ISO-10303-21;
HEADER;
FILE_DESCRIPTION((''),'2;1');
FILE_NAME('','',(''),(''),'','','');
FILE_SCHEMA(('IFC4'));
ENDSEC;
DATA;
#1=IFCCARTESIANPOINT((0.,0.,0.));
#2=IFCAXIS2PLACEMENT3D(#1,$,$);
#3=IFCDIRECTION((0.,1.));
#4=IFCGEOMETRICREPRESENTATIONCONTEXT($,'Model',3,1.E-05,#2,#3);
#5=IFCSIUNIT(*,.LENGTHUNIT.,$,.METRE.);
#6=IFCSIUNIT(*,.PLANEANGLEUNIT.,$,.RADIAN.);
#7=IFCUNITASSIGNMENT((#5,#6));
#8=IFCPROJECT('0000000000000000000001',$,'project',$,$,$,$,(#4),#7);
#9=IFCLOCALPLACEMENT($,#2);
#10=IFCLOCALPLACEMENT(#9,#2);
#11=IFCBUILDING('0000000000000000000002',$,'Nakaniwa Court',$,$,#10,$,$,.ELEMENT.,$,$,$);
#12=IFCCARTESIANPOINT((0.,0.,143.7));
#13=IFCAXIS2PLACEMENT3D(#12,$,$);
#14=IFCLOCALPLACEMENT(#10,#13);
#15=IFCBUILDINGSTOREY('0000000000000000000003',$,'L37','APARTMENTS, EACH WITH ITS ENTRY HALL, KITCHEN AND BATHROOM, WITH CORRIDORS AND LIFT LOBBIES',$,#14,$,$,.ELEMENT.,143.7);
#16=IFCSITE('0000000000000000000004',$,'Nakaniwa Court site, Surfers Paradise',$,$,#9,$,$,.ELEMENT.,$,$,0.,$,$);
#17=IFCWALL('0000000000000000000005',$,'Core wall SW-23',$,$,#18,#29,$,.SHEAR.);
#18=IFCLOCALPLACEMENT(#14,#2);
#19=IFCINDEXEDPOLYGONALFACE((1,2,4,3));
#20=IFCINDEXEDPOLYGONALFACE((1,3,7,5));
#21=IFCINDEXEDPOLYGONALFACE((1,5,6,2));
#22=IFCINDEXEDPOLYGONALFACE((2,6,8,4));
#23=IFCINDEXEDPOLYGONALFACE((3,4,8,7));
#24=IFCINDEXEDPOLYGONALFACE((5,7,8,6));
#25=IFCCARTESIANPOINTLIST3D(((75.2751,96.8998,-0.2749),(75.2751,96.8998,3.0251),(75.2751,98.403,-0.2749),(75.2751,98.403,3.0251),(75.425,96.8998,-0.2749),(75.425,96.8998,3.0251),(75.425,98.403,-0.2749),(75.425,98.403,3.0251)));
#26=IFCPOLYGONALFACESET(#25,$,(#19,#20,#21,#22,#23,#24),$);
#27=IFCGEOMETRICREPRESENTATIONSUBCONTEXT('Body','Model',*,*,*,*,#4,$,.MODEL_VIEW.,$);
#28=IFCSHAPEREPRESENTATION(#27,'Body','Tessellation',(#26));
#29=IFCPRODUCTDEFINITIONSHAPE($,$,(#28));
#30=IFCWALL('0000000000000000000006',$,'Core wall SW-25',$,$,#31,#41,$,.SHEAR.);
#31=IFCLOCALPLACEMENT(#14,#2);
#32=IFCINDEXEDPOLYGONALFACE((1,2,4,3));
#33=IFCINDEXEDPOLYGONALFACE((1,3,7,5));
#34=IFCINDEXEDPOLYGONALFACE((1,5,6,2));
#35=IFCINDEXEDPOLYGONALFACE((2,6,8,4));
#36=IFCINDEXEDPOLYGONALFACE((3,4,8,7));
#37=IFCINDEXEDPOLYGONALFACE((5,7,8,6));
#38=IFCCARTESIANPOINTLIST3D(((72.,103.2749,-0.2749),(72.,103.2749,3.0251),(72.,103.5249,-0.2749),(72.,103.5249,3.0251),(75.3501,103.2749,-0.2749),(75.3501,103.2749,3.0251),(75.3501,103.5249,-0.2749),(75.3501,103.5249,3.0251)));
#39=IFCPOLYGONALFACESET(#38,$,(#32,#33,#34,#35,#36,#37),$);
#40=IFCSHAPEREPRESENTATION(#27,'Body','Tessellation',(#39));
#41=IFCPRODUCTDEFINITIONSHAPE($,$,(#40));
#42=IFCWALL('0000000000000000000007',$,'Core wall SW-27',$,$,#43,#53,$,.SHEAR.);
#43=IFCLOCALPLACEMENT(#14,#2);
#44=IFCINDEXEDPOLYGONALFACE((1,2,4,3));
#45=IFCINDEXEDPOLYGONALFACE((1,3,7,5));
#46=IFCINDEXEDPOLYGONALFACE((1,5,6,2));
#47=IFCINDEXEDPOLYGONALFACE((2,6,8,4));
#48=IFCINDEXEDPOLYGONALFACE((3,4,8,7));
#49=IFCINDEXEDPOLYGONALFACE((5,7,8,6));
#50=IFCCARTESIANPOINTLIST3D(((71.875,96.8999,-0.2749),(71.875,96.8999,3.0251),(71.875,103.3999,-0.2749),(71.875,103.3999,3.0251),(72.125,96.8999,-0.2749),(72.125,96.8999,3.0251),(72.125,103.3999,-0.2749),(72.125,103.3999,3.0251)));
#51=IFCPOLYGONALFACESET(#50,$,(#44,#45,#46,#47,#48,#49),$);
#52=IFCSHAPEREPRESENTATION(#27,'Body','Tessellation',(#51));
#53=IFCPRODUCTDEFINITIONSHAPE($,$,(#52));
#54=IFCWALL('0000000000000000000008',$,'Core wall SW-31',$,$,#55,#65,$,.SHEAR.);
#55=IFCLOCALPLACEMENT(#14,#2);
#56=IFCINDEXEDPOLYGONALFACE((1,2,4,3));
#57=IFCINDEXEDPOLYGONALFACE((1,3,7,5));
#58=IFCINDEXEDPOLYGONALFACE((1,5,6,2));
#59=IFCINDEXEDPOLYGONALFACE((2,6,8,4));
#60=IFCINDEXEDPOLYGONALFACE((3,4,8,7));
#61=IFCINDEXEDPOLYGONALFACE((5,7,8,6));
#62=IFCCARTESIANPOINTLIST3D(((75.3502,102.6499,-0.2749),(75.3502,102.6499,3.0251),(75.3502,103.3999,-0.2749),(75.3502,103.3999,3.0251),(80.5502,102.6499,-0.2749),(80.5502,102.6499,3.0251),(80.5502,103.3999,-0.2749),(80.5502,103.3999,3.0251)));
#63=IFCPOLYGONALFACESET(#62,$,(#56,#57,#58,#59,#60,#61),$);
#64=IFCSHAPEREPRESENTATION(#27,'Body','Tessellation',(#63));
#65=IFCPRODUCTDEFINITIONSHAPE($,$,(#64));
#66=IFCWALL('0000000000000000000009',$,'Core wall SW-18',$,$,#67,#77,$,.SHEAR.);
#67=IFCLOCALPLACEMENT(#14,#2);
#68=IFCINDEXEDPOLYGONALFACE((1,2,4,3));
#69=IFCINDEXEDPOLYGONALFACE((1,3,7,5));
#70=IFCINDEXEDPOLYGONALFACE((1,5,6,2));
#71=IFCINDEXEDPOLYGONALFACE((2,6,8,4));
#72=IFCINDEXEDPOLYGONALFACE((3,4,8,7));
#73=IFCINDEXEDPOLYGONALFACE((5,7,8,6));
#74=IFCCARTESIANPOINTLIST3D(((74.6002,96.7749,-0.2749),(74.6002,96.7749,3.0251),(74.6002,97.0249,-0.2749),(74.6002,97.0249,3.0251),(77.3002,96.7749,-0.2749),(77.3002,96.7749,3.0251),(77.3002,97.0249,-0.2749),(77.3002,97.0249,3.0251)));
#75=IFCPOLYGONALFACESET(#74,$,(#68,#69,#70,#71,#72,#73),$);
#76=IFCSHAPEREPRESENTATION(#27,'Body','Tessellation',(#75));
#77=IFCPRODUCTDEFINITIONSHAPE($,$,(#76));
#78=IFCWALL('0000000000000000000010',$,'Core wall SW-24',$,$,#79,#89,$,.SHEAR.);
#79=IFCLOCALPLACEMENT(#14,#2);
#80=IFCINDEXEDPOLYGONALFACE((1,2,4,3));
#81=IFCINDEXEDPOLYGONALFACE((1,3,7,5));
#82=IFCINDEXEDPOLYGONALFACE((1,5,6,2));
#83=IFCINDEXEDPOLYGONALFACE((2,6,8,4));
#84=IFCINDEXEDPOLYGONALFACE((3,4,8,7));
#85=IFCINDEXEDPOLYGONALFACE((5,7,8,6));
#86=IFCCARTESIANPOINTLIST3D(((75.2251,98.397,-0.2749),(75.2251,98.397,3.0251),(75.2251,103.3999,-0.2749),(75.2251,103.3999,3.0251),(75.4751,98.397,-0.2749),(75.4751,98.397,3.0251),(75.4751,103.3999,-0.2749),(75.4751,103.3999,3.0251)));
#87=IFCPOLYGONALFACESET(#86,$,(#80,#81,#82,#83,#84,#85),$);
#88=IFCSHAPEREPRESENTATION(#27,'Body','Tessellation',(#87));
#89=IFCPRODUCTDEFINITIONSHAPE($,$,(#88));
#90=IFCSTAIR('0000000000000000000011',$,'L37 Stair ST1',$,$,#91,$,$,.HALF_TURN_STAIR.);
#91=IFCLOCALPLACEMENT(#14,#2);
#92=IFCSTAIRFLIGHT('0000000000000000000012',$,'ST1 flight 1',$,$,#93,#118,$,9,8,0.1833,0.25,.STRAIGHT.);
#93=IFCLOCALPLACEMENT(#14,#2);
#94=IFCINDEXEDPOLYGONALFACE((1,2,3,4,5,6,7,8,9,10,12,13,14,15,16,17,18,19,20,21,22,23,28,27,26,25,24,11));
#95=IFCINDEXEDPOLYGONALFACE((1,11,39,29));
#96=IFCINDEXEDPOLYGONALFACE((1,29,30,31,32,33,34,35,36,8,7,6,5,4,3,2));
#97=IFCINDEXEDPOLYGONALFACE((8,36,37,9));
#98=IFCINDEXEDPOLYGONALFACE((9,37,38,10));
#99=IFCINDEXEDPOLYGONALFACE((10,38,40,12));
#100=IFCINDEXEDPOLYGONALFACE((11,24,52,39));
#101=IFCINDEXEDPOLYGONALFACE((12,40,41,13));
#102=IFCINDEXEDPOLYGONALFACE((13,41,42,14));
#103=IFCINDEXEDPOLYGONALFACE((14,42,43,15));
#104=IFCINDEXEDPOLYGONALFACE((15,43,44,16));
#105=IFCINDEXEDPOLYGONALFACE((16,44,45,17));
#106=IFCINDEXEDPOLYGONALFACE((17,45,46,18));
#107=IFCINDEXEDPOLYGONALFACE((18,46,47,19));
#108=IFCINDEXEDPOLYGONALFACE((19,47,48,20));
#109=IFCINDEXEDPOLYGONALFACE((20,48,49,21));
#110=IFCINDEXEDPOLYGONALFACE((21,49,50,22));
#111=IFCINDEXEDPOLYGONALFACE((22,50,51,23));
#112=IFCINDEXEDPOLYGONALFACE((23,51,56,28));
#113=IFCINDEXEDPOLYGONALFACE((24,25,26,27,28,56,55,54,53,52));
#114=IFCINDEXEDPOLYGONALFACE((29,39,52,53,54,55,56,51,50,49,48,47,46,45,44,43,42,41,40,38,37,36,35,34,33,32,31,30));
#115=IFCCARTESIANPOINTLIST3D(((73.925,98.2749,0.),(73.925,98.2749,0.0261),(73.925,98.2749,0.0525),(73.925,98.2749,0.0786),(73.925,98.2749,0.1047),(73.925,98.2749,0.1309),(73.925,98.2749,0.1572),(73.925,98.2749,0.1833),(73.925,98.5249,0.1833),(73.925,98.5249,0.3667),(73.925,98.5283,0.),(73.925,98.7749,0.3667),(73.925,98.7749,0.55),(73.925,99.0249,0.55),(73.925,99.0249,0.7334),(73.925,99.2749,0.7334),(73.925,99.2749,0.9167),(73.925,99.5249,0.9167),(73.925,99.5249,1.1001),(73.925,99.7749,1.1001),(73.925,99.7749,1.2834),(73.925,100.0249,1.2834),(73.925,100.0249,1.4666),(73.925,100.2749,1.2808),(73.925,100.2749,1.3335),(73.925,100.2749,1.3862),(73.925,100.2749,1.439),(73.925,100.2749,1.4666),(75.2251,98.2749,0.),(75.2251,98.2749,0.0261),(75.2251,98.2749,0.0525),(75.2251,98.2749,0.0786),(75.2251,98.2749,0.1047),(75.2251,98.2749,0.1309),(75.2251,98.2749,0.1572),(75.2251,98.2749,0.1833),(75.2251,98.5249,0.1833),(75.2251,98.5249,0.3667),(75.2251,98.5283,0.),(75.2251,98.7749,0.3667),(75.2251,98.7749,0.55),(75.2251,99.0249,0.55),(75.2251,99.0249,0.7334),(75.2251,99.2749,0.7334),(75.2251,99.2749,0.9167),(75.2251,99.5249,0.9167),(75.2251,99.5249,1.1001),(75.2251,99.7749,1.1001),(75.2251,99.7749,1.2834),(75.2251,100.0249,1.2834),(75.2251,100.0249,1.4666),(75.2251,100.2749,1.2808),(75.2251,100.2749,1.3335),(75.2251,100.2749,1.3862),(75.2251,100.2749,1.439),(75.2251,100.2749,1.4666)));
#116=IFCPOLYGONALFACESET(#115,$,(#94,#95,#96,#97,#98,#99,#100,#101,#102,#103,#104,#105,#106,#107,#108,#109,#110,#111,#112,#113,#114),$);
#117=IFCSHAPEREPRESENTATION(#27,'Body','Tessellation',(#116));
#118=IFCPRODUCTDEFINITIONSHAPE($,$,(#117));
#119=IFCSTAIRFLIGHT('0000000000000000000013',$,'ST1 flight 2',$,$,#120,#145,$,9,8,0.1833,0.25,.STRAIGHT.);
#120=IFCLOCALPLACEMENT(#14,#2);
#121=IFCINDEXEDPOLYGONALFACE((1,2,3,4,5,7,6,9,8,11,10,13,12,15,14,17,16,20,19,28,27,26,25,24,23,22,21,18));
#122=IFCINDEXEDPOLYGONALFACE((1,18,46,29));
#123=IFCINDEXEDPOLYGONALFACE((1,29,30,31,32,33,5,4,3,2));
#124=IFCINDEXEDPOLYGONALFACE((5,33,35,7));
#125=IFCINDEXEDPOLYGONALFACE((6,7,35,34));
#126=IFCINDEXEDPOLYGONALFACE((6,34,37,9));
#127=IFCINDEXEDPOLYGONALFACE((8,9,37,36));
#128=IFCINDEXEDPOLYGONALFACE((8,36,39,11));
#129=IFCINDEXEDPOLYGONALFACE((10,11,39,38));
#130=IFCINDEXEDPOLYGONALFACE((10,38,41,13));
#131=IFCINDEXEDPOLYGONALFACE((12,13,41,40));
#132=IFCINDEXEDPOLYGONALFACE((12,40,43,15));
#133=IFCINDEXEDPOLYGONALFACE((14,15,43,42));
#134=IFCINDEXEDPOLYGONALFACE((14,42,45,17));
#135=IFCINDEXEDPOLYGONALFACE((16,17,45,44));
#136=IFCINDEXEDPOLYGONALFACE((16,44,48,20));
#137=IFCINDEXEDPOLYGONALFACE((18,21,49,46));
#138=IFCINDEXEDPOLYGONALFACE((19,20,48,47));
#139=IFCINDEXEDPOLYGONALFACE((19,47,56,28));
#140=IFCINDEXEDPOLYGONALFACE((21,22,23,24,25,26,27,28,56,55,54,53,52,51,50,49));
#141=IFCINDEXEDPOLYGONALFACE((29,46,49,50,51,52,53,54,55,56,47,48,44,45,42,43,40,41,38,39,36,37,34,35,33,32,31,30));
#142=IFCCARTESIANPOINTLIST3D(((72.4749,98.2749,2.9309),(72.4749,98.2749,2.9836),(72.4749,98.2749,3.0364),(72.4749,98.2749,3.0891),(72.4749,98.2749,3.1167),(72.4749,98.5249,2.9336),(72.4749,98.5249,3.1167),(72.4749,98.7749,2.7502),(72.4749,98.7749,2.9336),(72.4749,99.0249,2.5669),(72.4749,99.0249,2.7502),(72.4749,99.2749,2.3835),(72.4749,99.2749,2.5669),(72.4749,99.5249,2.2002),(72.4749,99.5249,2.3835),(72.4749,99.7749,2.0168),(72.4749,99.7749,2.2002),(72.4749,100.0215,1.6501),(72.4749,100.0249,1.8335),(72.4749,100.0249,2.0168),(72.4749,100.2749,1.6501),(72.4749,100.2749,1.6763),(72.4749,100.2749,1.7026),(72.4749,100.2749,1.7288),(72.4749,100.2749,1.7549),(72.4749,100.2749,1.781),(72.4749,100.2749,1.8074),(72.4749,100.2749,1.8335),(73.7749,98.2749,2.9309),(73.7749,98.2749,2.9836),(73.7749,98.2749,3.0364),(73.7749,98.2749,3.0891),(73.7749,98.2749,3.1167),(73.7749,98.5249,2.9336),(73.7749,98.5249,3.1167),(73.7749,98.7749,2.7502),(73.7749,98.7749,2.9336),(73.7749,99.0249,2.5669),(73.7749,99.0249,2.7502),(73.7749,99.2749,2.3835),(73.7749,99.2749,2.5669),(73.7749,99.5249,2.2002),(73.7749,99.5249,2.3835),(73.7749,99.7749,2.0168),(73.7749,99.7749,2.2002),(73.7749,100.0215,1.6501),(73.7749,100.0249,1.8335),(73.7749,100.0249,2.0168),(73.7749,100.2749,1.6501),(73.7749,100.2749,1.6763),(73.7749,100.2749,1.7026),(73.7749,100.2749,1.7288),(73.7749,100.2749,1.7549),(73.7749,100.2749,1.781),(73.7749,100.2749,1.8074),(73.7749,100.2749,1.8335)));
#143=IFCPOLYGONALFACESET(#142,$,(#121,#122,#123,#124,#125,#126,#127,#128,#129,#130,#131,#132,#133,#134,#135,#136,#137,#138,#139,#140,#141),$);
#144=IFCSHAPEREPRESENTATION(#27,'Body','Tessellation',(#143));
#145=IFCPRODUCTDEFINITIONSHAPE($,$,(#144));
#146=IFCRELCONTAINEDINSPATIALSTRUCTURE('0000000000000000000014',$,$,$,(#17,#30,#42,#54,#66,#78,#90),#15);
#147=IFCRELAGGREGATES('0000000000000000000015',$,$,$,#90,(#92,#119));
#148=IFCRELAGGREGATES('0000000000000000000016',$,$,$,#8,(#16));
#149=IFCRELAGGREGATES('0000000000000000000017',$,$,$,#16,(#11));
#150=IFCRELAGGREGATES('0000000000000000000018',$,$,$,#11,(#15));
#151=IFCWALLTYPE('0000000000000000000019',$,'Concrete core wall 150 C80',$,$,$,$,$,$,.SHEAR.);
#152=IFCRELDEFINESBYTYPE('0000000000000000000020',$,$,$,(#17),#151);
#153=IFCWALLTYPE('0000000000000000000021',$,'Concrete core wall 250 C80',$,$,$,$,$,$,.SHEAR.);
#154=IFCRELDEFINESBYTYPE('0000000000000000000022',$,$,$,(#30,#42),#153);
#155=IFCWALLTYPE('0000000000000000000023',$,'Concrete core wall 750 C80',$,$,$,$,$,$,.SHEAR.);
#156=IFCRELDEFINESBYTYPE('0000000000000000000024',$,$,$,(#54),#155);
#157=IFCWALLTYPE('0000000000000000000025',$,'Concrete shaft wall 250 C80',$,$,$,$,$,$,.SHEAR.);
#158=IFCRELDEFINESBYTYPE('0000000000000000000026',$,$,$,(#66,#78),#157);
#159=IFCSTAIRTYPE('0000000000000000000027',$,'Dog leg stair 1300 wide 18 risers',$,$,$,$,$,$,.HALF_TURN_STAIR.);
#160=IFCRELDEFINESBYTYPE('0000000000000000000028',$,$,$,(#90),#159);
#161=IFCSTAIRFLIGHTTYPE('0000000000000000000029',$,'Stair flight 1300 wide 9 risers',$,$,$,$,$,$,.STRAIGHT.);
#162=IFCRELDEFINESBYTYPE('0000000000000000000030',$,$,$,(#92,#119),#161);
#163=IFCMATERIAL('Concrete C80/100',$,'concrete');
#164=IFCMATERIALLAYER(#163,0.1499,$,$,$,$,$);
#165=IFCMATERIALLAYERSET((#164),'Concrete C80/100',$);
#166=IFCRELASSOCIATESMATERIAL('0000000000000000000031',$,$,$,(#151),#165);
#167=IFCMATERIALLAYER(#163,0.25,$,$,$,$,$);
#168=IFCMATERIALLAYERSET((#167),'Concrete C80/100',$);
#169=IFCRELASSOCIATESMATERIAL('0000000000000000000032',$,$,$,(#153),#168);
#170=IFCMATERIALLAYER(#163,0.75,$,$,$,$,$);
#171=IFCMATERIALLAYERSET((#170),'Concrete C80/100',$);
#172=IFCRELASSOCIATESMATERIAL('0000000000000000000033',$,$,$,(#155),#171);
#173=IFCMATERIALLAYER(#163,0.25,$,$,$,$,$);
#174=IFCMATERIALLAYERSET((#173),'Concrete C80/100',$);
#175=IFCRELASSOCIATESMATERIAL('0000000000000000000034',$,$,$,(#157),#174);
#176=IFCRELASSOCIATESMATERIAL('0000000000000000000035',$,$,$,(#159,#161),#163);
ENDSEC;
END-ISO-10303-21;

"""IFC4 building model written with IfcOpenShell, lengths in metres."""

from ifc_helpers import new_model, si_unit, direction, frame, frame_2d, origin, place, context, subcontext, project, spatial, polyline, rectangle, outline, extrude, material, layer, layer_set, type_object, element, aggregate, save


model = new_model("IFC4")

# Units and contexts
model_context = context("Model", 3, precision=1e-05, world=origin(), true_north=direction((0.0, 1.0)))
body_context = subcontext(model_context, "Body", "Model", "MODEL_VIEW")
ifc_project = project(units=[si_unit("LENGTHUNIT", "METRE"), si_unit("PLANEANGLEUNIT", "RADIAN")], contexts=[model_context])

# Site, building, storey
site_placement = place(None, origin())
site = spatial("IfcSite", under=ifc_project, at=site_placement, Name="Nakaniwa Court site, Surfers Paradise", CompositionType="ELEMENT", RefElevation=0.0)
building_placement = place(site_placement, origin())
building = spatial("IfcBuilding", under=site, at=building_placement, Name="Nakaniwa Court", CompositionType="ELEMENT")
storey_placement = place(building_placement, frame((0.0, 0.0, 143.7)))
storey = spatial("IfcBuildingStorey", under=building, at=storey_placement, Name="L37", Description="APARTMENTS, EACH WITH ITS ENTRY HALL, KITCHEN AND BATHROOM, WITH CORRIDORS AND LIFT LOBBIES", CompositionType="ELEMENT", Elevation=143.7)

# Shared definitions
ifc_material_1 = material(Name="Concrete C80/100", Category="concrete")

# Shared definitions
ifc_layer_1 = layer(ifc_material_1, 0.1499)
ifc_layer_set_1 = layer_set([ifc_layer_1], Name="Concrete C80/100")
wall_type_1 = type_object("IfcWallType", Name="Concrete core wall 150 C80", PredefinedType="SHEAR", material=ifc_layer_set_1)

# Walls
wall_1_placement = place(storey_placement, frame((75.3501, 96.8999, -0.2749), z_axis=(0.0, 0.0, 1.0), x_axis=(0.0, 1.0, 0.0)))
element("IfcWall", 1, at=wall_1_placement, inside=storey, type_object=wall_type_1, Name="Core wall SW-23", PredefinedType="SHEAR", context=body_context, shape_type="SweptSolid", body=[
    extrude(rectangle(XDim=1.5032, YDim=0.1499, at=frame_2d((0.7515, 0.0))), origin(), (0.0, 0.0, 1.0), 3.3),
])
ifc_layer_2 = layer(ifc_material_1, 0.25)
ifc_layer_set_2 = layer_set([ifc_layer_2], Name="Concrete C80/100")
wall_type_2 = type_object("IfcWallType", Name="Concrete core wall 250 C80", PredefinedType="SHEAR", material=ifc_layer_set_2)
wall_2_placement = place(storey_placement, frame((72.0, 103.3999, -0.2749), z_axis=(0.0, 0.0, 1.0), x_axis=(1.0, 0.0, 0.0)))
element("IfcWall", 2, at=wall_2_placement, inside=storey, type_object=wall_type_2, Name="Core wall SW-25", PredefinedType="SHEAR", context=body_context, shape_type="SweptSolid", body=[
    extrude(rectangle(XDim=3.3501, YDim=0.25, at=frame_2d((1.675, 0.0))), origin(), (0.0, 0.0, 1.0), 3.3),
])
wall_3_placement = place(storey_placement, frame((72.0, 96.8999, -0.2749), z_axis=(0.0, 0.0, 1.0), x_axis=(0.0, 1.0, 0.0)))
element("IfcWall", 3, at=wall_3_placement, inside=storey, type_object=wall_type_2, Name="Core wall SW-27", PredefinedType="SHEAR", context=body_context, shape_type="SweptSolid", body=[
    extrude(rectangle(XDim=6.5, YDim=0.25, at=frame_2d((3.25, 0.0))), origin(), (0.0, 0.0, 1.0), 3.3),
])
ifc_layer_3 = layer(ifc_material_1, 0.75)
ifc_layer_set_3 = layer_set([ifc_layer_3], Name="Concrete C80/100")
wall_type_3 = type_object("IfcWallType", Name="Concrete core wall 750 C80", PredefinedType="SHEAR", material=ifc_layer_set_3)
wall_4_placement = place(storey_placement, frame((75.3501, 103.0249, -0.2749), z_axis=(0.0, 0.0, 1.0), x_axis=(1.0, 0.0, 0.0)))
element("IfcWall", 4, at=wall_4_placement, inside=storey, type_object=wall_type_3, Name="Core wall SW-31", PredefinedType="SHEAR", context=body_context, shape_type="SweptSolid", body=[
    extrude(rectangle(XDim=5.2, YDim=0.75, at=frame_2d((2.6001, 0.0))), origin(), (0.0, 0.0, 1.0), 3.3),
])
ifc_layer_4 = layer(ifc_material_1, 0.25)
ifc_layer_set_4 = layer_set([ifc_layer_4], Name="Concrete C80/100")
wall_type_4 = type_object("IfcWallType", Name="Concrete shaft wall 250 C80", PredefinedType="SHEAR", material=ifc_layer_set_4)
wall_5_placement = place(storey_placement, frame((74.6001, 96.8999, -0.2749), z_axis=(0.0, 0.0, 1.0), x_axis=(1.0, 0.0, 0.0)))
element("IfcWall", 5, at=wall_5_placement, inside=storey, type_object=wall_type_4, Name="Core wall SW-18", PredefinedType="SHEAR", context=body_context, shape_type="SweptSolid", body=[
    extrude(rectangle(XDim=2.7, YDim=0.25, at=frame_2d((1.3501, 0.0))), origin(), (0.0, 0.0, 1.0), 3.3),
])
wall_6_placement = place(storey_placement, frame((75.3501, 98.397, -0.2749), z_axis=(0.0, 0.0, 1.0), x_axis=(0.0, 1.0, 0.0)))
element("IfcWall", 6, at=wall_6_placement, inside=storey, type_object=wall_type_4, Name="Core wall SW-24", PredefinedType="SHEAR", context=body_context, shape_type="SweptSolid", body=[
    extrude(rectangle(XDim=5.0029, YDim=0.25, at=frame_2d((2.5015, 0.0))), origin(), (0.0, 0.0, 1.0), 3.3),
])

# Stair, stair flights
stair_type = type_object("IfcStairType", Name="Dog leg stair 1300 wide 18 risers", PredefinedType="HALF_TURN_STAIR", material=ifc_material_1)
stair_placement = place(storey_placement, origin())
stair = element("IfcStair", 7, at=stair_placement, inside=storey, type_object=stair_type, Name="L37 Stair ST1", PredefinedType="HALF_TURN_STAIR")
stair_flight_type = type_object("IfcStairFlightType", Name="Stair flight 1300 wide 9 risers", PredefinedType="STRAIGHT", material=ifc_material_1)
stair_flight_1_placement = place(storey_placement, frame((74.575, 98.2749, 0.0), z_axis=(0.0, 0.0, 1.0), x_axis=(0.0, 1.0, 0.0)))
stair_flight_1 = element("IfcStairFlight", 8, at=stair_flight_1_placement, type_object=stair_flight_type, Name="ST1 flight 1", NumberOfRisers=9, NumberOfTreads=8, PredefinedType="STRAIGHT", RiserHeight=0.1833, TreadLength=0.25, context=body_context, shape_type="SweptSolid", body=[
    extrude(outline(polyline([(0.0, 0.0), (0.0, 0.0261), (0.0, 0.0525), (0.0, 0.0786), (0.0, 0.1047), (0.0, 0.1309), (0.0, 0.1572), (0.0, 0.1833), (0.25, 0.1833), (0.25, 0.3667), (0.5, 0.3667), (0.5, 0.55), (0.75, 0.55), (0.75, 0.7334), (1.0, 0.7334), (1.0, 0.9167), (1.25, 0.9167), (1.25, 1.1001), (1.5, 1.1001), (1.5, 1.2834), (1.75, 1.2834), (1.75, 1.4666), (2.0, 1.4666), (2.0, 1.6499), (2.0, 1.5972), (2.0, 1.5444), (2.0, 1.4917), (2.0, 1.439), (2.0, 1.3862), (2.0, 1.3335), (2.0, 1.2808), (0.2534, 0.0), (0.0, 0.0)])), frame((0.0, 0.6499, 0.0), z_axis=(0.0, -1.0, 0.0), x_axis=(1.0, 0.0, 0.0)), (0.0, 0.0, 1.0), 1.3),
])
stair_flight_2_placement = place(storey_placement, frame((73.125, 100.2749, 1.6501), z_axis=(0.0, 0.0, 1.0), x_axis=(0.0, -1.0, 0.0)))
stair_flight_2 = element("IfcStairFlight", 9, at=stair_flight_2_placement, type_object=stair_flight_type, Name="ST1 flight 2", NumberOfRisers=9, NumberOfTreads=8, PredefinedType="STRAIGHT", RiserHeight=0.1833, TreadLength=0.25, context=body_context, shape_type="SweptSolid", body=[
    extrude(outline(polyline([(0.0, 0.0), (0.0, 0.0261), (0.0, 0.0525), (0.0, 0.0786), (0.0, 0.1047), (0.0, 0.1309), (0.0, 0.1572), (0.0, 0.1833), (0.25, 0.1833), (0.25, 0.3667), (0.5, 0.3667), (0.5, 0.55), (0.75, 0.55), (0.75, 0.7334), (1.0, 0.7334), (1.0, 0.9167), (1.25, 0.9167), (1.25, 1.1001), (1.5, 1.1001), (1.5, 1.2834), (1.75, 1.2834), (1.75, 1.4666), (2.0, 1.4666), (2.0, 1.6499), (2.0, 1.5972), (2.0, 1.5444), (2.0, 1.4917), (2.0, 1.439), (2.0, 1.3862), (2.0, 1.3335), (2.0, 1.2808), (0.2534, 0.0), (0.0, 0.0)])), frame((0.0, 0.6499, 0.0), z_axis=(0.0, -1.0, 0.0), x_axis=(1.0, 0.0, 0.0)), (0.0, 0.0, 1.0), 1.3),
])
aggregate(stair, [stair_flight_1, stair_flight_2])

save(model, "model.ifc")
